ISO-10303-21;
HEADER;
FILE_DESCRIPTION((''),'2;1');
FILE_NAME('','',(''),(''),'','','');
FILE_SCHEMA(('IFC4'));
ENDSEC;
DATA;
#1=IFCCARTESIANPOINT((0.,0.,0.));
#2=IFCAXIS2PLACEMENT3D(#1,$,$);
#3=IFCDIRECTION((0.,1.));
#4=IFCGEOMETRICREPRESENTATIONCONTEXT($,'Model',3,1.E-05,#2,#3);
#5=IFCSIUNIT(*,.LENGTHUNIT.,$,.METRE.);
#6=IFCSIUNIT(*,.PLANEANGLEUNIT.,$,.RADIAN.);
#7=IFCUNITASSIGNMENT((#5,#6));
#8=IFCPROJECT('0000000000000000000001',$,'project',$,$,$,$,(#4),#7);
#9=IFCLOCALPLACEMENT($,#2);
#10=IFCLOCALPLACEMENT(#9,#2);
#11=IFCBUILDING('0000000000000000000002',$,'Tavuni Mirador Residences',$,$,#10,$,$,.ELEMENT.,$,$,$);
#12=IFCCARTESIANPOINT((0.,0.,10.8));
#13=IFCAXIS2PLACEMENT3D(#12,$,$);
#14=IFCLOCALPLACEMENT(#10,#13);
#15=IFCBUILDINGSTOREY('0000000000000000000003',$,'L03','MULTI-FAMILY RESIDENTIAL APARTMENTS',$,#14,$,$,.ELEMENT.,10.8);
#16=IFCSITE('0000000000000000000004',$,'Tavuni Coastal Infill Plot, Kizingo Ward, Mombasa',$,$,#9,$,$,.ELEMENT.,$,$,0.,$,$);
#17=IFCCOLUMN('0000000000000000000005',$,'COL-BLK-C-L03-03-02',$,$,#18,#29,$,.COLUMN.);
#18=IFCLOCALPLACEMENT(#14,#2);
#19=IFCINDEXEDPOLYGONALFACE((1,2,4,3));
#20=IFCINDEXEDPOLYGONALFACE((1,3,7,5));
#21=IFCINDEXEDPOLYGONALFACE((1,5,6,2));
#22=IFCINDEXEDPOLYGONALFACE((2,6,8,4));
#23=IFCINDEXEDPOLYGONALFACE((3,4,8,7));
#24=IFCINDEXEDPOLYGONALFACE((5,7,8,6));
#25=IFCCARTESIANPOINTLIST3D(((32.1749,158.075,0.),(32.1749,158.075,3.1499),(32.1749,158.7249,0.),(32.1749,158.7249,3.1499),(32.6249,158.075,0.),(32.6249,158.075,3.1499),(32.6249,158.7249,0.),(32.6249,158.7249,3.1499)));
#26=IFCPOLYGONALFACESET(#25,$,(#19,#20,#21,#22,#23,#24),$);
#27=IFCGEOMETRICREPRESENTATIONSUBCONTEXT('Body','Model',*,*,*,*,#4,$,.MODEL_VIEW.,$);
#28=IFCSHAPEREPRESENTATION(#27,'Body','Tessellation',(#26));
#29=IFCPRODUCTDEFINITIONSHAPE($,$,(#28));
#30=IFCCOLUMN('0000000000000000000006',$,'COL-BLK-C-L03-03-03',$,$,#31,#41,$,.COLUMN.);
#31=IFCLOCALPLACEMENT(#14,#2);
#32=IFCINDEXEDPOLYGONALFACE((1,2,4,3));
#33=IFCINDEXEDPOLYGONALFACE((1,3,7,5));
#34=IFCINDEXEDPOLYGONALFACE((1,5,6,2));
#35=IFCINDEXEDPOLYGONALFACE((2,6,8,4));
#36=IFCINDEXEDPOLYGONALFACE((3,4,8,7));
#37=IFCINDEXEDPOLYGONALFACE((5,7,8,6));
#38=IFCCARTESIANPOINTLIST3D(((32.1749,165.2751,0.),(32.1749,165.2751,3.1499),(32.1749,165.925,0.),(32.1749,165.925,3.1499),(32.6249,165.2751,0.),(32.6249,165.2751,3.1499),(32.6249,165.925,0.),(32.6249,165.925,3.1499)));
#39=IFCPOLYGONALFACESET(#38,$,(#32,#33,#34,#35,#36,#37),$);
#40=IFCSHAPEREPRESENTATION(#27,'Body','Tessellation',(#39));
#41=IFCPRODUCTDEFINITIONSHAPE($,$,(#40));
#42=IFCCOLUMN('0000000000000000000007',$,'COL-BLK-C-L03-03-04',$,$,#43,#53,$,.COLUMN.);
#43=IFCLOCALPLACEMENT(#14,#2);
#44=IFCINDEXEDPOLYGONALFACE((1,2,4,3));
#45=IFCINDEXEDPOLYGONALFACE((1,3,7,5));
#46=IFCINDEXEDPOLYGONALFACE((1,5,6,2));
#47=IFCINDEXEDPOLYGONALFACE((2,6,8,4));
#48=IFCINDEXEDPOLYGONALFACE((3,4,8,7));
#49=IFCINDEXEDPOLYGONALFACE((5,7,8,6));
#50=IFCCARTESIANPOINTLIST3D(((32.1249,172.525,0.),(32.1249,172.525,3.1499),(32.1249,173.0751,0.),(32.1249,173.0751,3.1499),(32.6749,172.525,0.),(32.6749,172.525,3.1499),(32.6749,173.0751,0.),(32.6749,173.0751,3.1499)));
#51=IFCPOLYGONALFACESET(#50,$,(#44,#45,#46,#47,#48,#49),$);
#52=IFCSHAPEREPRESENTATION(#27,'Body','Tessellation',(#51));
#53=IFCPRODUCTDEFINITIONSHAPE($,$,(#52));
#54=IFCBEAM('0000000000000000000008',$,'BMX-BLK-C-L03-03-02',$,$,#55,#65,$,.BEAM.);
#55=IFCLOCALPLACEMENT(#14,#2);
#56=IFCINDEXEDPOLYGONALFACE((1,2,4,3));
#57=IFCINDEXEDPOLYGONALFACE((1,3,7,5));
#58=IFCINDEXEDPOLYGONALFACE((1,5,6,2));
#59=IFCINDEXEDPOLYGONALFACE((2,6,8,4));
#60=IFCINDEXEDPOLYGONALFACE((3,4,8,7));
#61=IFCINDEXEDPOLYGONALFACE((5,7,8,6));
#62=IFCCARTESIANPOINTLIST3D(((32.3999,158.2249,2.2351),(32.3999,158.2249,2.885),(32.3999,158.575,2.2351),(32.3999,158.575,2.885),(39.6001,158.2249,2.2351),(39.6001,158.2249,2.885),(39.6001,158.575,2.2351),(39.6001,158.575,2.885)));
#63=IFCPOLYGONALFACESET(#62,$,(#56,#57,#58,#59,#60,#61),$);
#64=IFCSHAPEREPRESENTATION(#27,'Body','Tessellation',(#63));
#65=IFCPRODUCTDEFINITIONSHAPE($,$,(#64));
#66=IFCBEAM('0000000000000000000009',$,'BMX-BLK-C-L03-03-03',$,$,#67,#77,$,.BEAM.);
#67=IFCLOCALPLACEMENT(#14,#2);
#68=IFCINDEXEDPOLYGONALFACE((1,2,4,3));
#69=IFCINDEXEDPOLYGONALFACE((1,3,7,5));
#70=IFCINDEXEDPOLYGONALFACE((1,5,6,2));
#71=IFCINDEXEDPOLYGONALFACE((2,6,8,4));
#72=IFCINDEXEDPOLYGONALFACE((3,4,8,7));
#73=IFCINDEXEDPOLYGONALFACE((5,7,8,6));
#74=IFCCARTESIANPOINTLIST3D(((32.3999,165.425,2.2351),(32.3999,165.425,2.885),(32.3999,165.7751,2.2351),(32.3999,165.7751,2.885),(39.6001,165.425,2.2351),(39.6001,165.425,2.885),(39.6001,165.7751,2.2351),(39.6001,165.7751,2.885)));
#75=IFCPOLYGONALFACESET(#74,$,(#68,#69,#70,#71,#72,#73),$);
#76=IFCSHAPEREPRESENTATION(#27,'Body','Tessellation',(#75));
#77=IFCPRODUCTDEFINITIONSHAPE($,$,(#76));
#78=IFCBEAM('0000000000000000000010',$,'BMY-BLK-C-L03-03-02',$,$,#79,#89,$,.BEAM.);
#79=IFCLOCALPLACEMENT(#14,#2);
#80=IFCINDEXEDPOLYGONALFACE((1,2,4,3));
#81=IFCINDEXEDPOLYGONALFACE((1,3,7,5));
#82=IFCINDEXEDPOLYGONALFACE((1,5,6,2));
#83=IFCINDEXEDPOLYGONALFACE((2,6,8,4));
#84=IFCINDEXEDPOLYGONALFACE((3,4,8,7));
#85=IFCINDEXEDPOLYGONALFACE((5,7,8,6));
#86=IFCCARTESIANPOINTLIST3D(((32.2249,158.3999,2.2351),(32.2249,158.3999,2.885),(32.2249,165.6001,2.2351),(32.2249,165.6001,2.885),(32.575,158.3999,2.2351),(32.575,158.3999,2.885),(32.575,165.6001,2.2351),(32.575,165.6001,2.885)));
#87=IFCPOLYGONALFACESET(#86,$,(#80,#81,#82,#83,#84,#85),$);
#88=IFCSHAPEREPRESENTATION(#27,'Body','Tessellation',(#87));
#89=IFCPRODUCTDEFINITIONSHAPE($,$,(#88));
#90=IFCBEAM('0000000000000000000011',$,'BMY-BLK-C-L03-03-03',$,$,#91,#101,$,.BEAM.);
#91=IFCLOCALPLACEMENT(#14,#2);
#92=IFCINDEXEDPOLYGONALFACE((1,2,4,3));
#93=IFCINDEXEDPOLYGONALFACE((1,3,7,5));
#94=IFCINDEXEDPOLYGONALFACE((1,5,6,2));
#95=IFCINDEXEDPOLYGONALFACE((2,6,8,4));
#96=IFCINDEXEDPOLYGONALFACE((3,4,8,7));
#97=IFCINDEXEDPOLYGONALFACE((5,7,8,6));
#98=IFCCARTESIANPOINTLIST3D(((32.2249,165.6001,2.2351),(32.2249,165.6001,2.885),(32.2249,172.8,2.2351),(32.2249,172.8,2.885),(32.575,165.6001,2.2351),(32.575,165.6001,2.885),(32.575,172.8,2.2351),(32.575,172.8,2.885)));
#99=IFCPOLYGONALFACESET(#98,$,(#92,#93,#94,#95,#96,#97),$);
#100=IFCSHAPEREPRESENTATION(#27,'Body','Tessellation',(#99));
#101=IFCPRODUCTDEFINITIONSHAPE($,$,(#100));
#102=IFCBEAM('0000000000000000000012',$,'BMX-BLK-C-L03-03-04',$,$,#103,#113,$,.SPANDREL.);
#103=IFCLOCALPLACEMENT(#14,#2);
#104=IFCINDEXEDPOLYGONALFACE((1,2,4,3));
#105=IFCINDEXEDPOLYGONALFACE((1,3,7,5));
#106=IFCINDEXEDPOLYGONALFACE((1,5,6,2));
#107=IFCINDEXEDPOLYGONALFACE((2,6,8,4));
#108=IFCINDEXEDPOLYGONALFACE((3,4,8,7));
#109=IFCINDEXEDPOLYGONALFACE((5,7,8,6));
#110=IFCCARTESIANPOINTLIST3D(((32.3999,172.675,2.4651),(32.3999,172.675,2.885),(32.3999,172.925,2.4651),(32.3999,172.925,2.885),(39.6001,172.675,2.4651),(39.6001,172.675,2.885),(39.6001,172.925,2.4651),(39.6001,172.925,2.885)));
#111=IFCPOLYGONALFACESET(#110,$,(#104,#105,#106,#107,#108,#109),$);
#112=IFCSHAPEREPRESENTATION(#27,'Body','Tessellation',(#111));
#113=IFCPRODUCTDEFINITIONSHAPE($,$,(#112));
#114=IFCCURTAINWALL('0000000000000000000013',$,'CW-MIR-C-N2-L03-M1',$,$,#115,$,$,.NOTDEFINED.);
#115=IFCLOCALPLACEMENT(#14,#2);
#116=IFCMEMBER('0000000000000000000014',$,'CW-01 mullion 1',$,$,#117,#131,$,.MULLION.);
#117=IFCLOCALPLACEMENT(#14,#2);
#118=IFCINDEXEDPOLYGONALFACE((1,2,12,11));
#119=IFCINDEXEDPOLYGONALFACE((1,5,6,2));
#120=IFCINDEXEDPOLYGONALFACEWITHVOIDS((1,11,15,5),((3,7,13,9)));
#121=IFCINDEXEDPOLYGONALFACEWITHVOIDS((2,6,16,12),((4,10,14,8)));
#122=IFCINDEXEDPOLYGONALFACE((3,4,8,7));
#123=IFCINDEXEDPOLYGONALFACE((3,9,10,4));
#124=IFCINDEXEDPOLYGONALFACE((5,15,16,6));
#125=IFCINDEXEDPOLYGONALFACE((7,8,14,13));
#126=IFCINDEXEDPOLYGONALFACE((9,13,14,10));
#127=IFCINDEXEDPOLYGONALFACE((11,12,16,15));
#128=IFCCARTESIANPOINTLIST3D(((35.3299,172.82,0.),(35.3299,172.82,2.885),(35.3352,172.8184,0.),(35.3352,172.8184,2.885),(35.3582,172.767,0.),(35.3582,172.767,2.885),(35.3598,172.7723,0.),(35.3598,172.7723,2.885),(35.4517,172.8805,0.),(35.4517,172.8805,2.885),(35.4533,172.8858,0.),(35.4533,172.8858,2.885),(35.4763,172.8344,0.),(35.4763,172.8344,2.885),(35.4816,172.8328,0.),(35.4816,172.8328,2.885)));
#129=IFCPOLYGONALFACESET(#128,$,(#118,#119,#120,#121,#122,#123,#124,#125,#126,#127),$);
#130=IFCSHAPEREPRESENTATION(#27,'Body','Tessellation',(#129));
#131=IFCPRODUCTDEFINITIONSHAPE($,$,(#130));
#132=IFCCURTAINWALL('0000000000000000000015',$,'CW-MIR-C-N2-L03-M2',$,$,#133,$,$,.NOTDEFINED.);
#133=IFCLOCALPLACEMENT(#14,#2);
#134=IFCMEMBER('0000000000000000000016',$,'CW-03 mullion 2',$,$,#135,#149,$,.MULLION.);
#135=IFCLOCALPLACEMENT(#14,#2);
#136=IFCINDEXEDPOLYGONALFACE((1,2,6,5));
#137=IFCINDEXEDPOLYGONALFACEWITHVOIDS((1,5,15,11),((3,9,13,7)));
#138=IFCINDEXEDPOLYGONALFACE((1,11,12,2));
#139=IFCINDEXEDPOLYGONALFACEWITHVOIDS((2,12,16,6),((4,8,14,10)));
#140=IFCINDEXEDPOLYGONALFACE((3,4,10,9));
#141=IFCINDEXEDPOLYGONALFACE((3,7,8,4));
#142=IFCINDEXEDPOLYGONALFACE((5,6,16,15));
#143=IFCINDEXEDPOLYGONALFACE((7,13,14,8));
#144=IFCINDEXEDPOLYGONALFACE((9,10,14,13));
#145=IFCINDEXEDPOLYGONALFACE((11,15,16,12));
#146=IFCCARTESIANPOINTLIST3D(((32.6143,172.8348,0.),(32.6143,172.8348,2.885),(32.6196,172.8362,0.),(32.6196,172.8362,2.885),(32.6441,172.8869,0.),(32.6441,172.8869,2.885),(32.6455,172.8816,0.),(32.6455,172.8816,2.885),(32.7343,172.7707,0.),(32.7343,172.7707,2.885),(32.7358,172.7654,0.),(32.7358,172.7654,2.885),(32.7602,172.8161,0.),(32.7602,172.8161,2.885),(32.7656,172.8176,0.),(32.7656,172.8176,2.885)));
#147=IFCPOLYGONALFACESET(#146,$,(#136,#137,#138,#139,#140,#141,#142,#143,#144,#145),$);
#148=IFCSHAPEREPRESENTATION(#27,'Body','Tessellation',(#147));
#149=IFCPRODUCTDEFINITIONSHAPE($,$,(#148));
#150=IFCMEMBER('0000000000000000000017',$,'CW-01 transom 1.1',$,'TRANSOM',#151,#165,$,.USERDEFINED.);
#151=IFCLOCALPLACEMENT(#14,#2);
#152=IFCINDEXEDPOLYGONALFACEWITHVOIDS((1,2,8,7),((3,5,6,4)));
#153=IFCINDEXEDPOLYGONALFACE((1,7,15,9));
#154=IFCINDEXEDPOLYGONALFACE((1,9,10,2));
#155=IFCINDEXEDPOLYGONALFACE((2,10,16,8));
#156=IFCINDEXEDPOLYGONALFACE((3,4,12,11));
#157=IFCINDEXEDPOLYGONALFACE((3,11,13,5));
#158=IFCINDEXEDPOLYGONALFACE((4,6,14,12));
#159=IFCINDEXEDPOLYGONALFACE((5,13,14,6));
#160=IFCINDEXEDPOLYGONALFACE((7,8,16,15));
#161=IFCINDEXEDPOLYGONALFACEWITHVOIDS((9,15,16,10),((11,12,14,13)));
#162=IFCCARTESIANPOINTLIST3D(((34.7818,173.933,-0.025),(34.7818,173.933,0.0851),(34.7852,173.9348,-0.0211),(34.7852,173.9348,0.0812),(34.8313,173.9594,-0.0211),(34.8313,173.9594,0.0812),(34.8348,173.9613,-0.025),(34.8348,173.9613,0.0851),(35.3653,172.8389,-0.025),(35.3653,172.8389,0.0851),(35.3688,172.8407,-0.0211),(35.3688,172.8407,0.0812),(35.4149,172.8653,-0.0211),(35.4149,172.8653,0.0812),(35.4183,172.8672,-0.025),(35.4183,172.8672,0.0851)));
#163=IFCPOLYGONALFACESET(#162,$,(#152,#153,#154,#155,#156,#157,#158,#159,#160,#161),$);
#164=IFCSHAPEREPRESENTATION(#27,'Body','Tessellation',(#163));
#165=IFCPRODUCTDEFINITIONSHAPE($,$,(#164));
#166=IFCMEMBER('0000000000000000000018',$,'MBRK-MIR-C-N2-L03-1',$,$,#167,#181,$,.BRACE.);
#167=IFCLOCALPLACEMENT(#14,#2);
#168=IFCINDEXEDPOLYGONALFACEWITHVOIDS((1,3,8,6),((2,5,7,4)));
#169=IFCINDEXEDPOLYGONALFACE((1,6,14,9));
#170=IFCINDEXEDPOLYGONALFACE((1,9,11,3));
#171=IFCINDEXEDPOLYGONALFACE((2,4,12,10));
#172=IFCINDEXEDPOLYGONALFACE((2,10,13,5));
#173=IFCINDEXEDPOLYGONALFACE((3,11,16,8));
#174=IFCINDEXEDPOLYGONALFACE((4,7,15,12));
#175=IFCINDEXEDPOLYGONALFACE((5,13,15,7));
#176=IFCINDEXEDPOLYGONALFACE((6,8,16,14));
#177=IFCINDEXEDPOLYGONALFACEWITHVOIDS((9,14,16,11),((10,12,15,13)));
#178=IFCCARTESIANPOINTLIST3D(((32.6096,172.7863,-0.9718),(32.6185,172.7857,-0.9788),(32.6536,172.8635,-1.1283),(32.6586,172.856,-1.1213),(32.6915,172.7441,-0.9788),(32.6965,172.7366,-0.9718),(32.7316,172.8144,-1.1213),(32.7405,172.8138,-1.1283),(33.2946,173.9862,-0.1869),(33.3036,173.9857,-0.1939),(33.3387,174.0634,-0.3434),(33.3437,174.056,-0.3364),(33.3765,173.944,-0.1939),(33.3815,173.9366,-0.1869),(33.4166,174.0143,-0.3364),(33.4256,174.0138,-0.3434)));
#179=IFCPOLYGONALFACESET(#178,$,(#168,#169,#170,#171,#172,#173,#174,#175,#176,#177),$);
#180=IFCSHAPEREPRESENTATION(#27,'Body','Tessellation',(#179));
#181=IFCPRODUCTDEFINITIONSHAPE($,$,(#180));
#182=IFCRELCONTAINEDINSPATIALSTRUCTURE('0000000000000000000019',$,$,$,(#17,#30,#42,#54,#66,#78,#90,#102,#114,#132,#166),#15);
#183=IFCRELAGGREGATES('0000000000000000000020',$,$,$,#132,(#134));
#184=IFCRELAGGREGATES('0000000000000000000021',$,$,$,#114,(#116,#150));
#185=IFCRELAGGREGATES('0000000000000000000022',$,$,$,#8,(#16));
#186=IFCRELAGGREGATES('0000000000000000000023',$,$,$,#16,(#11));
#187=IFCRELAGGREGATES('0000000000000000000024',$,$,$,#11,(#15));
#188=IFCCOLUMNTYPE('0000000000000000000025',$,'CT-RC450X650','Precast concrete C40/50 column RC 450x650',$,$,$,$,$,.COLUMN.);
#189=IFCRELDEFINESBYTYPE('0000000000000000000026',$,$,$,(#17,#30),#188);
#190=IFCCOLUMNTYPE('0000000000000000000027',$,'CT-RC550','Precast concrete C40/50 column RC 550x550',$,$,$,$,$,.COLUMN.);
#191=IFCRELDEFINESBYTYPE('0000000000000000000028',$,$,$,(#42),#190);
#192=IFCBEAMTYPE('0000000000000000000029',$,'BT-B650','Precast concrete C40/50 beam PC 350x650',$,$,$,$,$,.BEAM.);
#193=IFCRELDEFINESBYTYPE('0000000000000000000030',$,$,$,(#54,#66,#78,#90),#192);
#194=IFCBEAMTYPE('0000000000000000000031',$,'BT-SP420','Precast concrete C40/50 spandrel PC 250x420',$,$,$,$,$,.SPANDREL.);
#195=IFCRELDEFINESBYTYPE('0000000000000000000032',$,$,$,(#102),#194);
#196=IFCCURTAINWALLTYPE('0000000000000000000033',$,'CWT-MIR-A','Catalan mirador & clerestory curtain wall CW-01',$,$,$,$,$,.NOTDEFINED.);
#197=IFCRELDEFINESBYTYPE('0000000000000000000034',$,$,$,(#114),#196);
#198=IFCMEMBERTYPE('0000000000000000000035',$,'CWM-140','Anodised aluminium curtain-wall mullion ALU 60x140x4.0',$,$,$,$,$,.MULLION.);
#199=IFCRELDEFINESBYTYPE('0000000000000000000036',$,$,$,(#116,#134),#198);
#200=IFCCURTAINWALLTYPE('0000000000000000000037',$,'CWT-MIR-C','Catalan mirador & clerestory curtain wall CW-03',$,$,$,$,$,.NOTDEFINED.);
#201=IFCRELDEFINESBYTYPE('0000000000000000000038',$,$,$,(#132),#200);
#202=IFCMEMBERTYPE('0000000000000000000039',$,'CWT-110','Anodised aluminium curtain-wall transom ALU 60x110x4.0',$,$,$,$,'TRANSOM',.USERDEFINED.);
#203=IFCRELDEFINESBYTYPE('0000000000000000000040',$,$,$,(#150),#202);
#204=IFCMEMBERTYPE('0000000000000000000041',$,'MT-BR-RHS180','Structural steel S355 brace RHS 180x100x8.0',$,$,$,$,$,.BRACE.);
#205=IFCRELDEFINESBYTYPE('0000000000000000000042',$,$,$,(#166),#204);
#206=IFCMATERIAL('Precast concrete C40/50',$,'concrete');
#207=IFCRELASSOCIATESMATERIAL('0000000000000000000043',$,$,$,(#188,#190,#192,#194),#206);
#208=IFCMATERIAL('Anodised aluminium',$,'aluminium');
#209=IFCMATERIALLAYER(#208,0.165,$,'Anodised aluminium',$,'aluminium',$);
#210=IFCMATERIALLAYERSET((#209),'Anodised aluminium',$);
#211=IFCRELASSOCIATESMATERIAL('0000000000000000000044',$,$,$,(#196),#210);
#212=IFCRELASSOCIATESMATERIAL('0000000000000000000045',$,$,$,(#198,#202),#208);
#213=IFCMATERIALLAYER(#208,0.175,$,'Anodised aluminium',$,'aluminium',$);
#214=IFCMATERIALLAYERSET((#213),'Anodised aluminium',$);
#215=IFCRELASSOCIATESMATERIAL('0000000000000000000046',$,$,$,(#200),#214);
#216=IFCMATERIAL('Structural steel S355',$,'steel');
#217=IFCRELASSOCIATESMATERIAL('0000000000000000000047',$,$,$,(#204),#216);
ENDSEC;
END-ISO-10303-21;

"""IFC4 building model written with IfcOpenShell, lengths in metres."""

from ifc_helpers import new_model, si_unit, direction, frame, origin, origin_2d, place, context, subcontext, project, spatial, rectangle, hollow_rectangle, extrude, material, layer, layer_set, material_profile, profile_set, type_object, element, aggregate, save


model = new_model("IFC4")

# Units and contexts
model_context = context("Model", 3, precision=1e-05, world=origin(), true_north=direction((0.0, 1.0)))
body_context = subcontext(model_context, "Body", "Model", "MODEL_VIEW")
ifc_project = project(units=[si_unit("LENGTHUNIT", "METRE"), si_unit("PLANEANGLEUNIT", "RADIAN")], contexts=[model_context])

# Site, building, storey
site_placement = place(None, origin())
site = spatial("IfcSite", under=ifc_project, at=site_placement, Name="Tavuni Coastal Infill Plot, Kizingo Ward, Mombasa", CompositionType="ELEMENT", RefElevation=0.0)
building_placement = place(site_placement, origin())
building = spatial("IfcBuilding", under=site, at=building_placement, Name="Tavuni Mirador Residences", CompositionType="ELEMENT")
storey_placement = place(building_placement, frame((0.0, 0.0, 10.8)))
storey = spatial("IfcBuildingStorey", under=building, at=storey_placement, Name="L03", Description="MULTI-FAMILY RESIDENTIAL APARTMENTS", CompositionType="ELEMENT", Elevation=10.8)

# Columns
ifc_material_1 = material(Name="Precast concrete C40/50", Category="concrete")
ifc_material_profile_1 = material_profile(ifc_material_1, rectangle(XDim=0.45, YDim=0.6499, at=origin_2d()), Name="RC 450x650", Category="concrete")
ifc_profile_set_1 = profile_set([ifc_material_profile_1], Name="Precast concrete C40/50")
column_type_1 = type_object("IfcColumnType", Name="CT-RC450X650", Description="Precast concrete C40/50 column RC 450x650", PredefinedType="COLUMN", material=ifc_profile_set_1)
for number, where, z_axis, x_axis, name in (
    (1, (32.3999, 158.3999, 0.0), (0.0, 0.0, 1.0), (1.0, 0.0, 0.0), "COL-BLK-C-L03-03-02"),
    (2, (32.3999, 165.6001, 0.0), (0.0, 0.0, 1.0), (1.0, 0.0, 0.0), "COL-BLK-C-L03-03-03"),
):
    element("IfcColumn", number, at=place(storey_placement, frame(where, z_axis=z_axis, x_axis=x_axis)), inside=storey, type_object=column_type_1, Name=name, PredefinedType="COLUMN", context=body_context, shape_type="SweptSolid", body=[
        extrude(rectangle(XDim=0.45, YDim=0.6499, at=origin_2d()), origin(), (0.0, 0.0, 1.0), 3.1499),
    ])
ifc_material_profile_2 = material_profile(ifc_material_1, rectangle(XDim=0.55, YDim=0.55, at=origin_2d()), Name="RC 550x550", Category="concrete")
ifc_profile_set_2 = profile_set([ifc_material_profile_2], Name="Precast concrete C40/50")
column_type_2 = type_object("IfcColumnType", Name="CT-RC550", Description="Precast concrete C40/50 column RC 550x550", PredefinedType="COLUMN", material=ifc_profile_set_2)
column_placement = place(storey_placement, frame((32.3999, 172.8, 0.0), z_axis=(0.0, 0.0, 1.0), x_axis=(1.0, 0.0, 0.0)))
element("IfcColumn", 3, at=column_placement, inside=storey, type_object=column_type_2, Name="COL-BLK-C-L03-03-04", PredefinedType="COLUMN", context=body_context, shape_type="SweptSolid", body=[
    extrude(rectangle(XDim=0.55, YDim=0.55, at=origin_2d()), origin(), (0.0, 0.0, 1.0), 3.1499),
])

# Beams
ifc_material_profile_3 = material_profile(ifc_material_1, rectangle(XDim=0.3501, YDim=0.6499, at=origin_2d()), Name="PC 350x650", Category="concrete")
ifc_profile_set_3 = profile_set([ifc_material_profile_3], Name="Precast concrete C40/50")
beam_type_1 = type_object("IfcBeamType", Name="BT-B650", Description="Precast concrete C40/50 beam PC 350x650", PredefinedType="BEAM", material=ifc_profile_set_3)
for number, where, z_axis, x_axis, name in (
    (4, (32.3999, 158.3999, 2.5601), (1.0, 0.0, 0.0), (0.0, 1.0, 0.0), "BMX-BLK-C-L03-03-02"),
    (5, (32.3999, 165.6001, 2.5601), (1.0, 0.0, 0.0), (0.0, 1.0, 0.0), "BMX-BLK-C-L03-03-03"),
    (6, (32.3999, 158.3999, 2.5601), (0.0, 1.0, 0.0), (-1.0, 0.0, 0.0), "BMY-BLK-C-L03-03-02"),
):
    element("IfcBeam", number, at=place(storey_placement, frame(where, z_axis=z_axis, x_axis=x_axis)), inside=storey, type_object=beam_type_1, Name=name, PredefinedType="BEAM", context=body_context, shape_type="SweptSolid", body=[
        extrude(rectangle(XDim=0.3501, YDim=0.6499, at=origin_2d()), origin(), (0.0, 0.0, 1.0), 7.2002),
    ])
beam_1_placement = place(storey_placement, frame((32.3999, 165.6001, 2.5601), z_axis=(0.0, 1.0, 0.0), x_axis=(-1.0, 0.0, 0.0)))
element("IfcBeam", 7, at=beam_1_placement, inside=storey, type_object=beam_type_1, Name="BMY-BLK-C-L03-03-03", PredefinedType="BEAM", context=body_context, shape_type="SweptSolid", body=[
    extrude(rectangle(XDim=0.3501, YDim=0.6499, at=origin_2d()), origin(), (0.0, 0.0, 1.0), 7.2),
])
ifc_material_profile_4 = material_profile(ifc_material_1, rectangle(XDim=0.25, YDim=0.4199, at=origin_2d()), Name="PC 250x420", Category="concrete")
ifc_profile_set_4 = profile_set([ifc_material_profile_4], Name="Precast concrete C40/50")
beam_type_2 = type_object("IfcBeamType", Name="BT-SP420", Description="Precast concrete C40/50 spandrel PC 250x420", PredefinedType="SPANDREL", material=ifc_profile_set_4)
beam_2_placement = place(storey_placement, frame((32.3999, 172.8, 2.675), z_axis=(1.0, 0.0, 0.0), x_axis=(0.0, 1.0, 0.0)))
element("IfcBeam", 8, at=beam_2_placement, inside=storey, type_object=beam_type_2, Name="BMX-BLK-C-L03-03-04", PredefinedType="SPANDREL", context=body_context, shape_type="SweptSolid", body=[
    extrude(rectangle(XDim=0.25, YDim=0.4199, at=origin_2d()), origin(), (0.0, 0.0, 1.0), 7.2002),
])

# Curtain walls, members
ifc_material_2 = material(Name="Anodised aluminium", Category="aluminium")
ifc_layer_1 = layer(ifc_material_2, 0.165, Name="Anodised aluminium", Category="aluminium")
ifc_layer_set_1 = layer_set([ifc_layer_1], Name="Anodised aluminium")
curtain_wall_type_1 = type_object("IfcCurtainWallType", Name="CWT-MIR-A", Description="Catalan mirador & clerestory curtain wall CW-01", PredefinedType="NOTDEFINED", material=ifc_layer_set_1)
curtain_wall_1_placement = place(storey_placement, origin())
curtain_wall_1 = element("IfcCurtainWall", 9, at=curtain_wall_1_placement, inside=storey, type_object=curtain_wall_type_1, Name="CW-MIR-C-N2-L03-M1", PredefinedType="NOTDEFINED")
ifc_material_profile_5 = material_profile(ifc_material_2, hollow_rectangle(XDim=0.0601, YDim=0.1399, WallThickness=0.0039, at=origin_2d()), Name="ALU 60x140x4.0", Category="aluminium")
ifc_profile_set_5 = profile_set([ifc_material_profile_5], Name="Anodised aluminium")
member_type_1 = type_object("IfcMemberType", Name="CWM-140", Description="Anodised aluminium curtain-wall mullion ALU 60x140x4.0", PredefinedType="MULLION", material=ifc_profile_set_5)
member_1_placement = place(storey_placement, frame((35.4058, 172.8264, 0.0), z_axis=(0.0, 0.0, 1.0), x_axis=(-0.470588, 0.882353, 0.0)))
member_1 = element("IfcMember", 10, at=member_1_placement, type_object=member_type_1, Name="CW-01 mullion 1", PredefinedType="MULLION", context=body_context, shape_type="SweptSolid", body=[
    extrude(hollow_rectangle(XDim=0.0601, YDim=0.1399, WallThickness=0.0039, at=origin_2d()), origin(), (0.0, 0.0, 1.0), 2.885),
])
ifc_layer_2 = layer(ifc_material_2, 0.175, Name="Anodised aluminium", Category="aluminium")
ifc_layer_set_2 = layer_set([ifc_layer_2], Name="Anodised aluminium")
curtain_wall_type_2 = type_object("IfcCurtainWallType", Name="CWT-MIR-C", Description="Catalan mirador & clerestory curtain wall CW-03", PredefinedType="NOTDEFINED", material=ifc_layer_set_2)
curtain_wall_2_placement = place(storey_placement, origin())
curtain_wall_2 = element("IfcCurtainWall", 11, at=curtain_wall_2_placement, inside=storey, type_object=curtain_wall_type_2, Name="CW-MIR-C-N2-L03-M2", PredefinedType="NOTDEFINED")
member_2_placement = place(storey_placement, frame((32.6899, 172.8262, 0.0), z_axis=(0.0, 0.0, 1.0), x_axis=(-0.495749, -0.868466, 0.0)))
member_2 = element("IfcMember", 12, at=member_2_placement, type_object=member_type_1, Name="CW-03 mullion 2", PredefinedType="MULLION", context=body_context, shape_type="SweptSolid", body=[
    extrude(hollow_rectangle(XDim=0.0601, YDim=0.1399, WallThickness=0.0039, at=origin_2d()), origin(), (0.0, 0.0, 1.0), 2.885),
])
aggregate(curtain_wall_2, [member_2])

# Member
ifc_material_profile_6 = material_profile(ifc_material_2, hollow_rectangle(XDim=0.0601, YDim=0.1101, WallThickness=0.0039, at=origin_2d()), Name="ALU 60x110x4.0", Category="aluminium")
ifc_profile_set_6 = profile_set([ifc_material_profile_6], Name="Anodised aluminium")
member_type_2 = type_object("IfcMemberType", Name="CWT-110", Description="Anodised aluminium curtain-wall transom ALU 60x110x4.0", ElementType="TRANSOM", PredefinedType="USERDEFINED", material=ifc_profile_set_6)
member_3_placement = place(storey_placement, frame((35.3918, 172.853, 0.03), z_axis=(-0.470609, 0.882342, 0.0), x_axis=(-0.882342, -0.470609, 0.0)))
member_3 = element("IfcMember", 13, at=member_3_placement, type_object=member_type_2, Name="CW-01 transom 1.1", ObjectType="TRANSOM", PredefinedType="USERDEFINED", context=body_context, shape_type="SweptSolid", body=[
    extrude(hollow_rectangle(XDim=0.0601, YDim=0.1101, WallThickness=0.0039, at=origin_2d()), origin(), (0.0, 0.0, 1.0), 1.24),
])
aggregate(curtain_wall_1, [member_1, member_3])

# Member
ifc_material_3 = material(Name="Structural steel S355", Category="steel")
ifc_material_profile_7 = material_profile(ifc_material_3, hollow_rectangle(XDim=0.1001, YDim=0.1799, WallThickness=0.0081, at=origin_2d()), Name="RHS 180x100x8.0", Category="steel")
ifc_profile_set_7 = profile_set([ifc_material_profile_7], Name="Structural steel S355")
member_type_3 = type_object("IfcMemberType", Name="MT-BR-RHS180", Description="Structural steel S355 brace RHS 180x100x8.0", PredefinedType="BRACE", material=ifc_profile_set_7)
member_4_placement = place(storey_placement, frame((32.675, 172.8, -1.05), z_axis=(0.431095, 0.755108, 0.493931), x_axis=(-0.868439, 0.495796, 0.0)))
element("IfcMember", 14, at=member_4_placement, inside=storey, type_object=member_type_3, Name="MBRK-MIR-C-N2-L03-1", PredefinedType="BRACE", context=body_context, shape_type="SweptSolid", body=[
    extrude(hollow_rectangle(XDim=0.1001, YDim=0.1799, WallThickness=0.0081, at=origin_2d()), origin(), (0.0, 0.0, 1.0), 1.5891),
])

save(model, "model.ifc")
